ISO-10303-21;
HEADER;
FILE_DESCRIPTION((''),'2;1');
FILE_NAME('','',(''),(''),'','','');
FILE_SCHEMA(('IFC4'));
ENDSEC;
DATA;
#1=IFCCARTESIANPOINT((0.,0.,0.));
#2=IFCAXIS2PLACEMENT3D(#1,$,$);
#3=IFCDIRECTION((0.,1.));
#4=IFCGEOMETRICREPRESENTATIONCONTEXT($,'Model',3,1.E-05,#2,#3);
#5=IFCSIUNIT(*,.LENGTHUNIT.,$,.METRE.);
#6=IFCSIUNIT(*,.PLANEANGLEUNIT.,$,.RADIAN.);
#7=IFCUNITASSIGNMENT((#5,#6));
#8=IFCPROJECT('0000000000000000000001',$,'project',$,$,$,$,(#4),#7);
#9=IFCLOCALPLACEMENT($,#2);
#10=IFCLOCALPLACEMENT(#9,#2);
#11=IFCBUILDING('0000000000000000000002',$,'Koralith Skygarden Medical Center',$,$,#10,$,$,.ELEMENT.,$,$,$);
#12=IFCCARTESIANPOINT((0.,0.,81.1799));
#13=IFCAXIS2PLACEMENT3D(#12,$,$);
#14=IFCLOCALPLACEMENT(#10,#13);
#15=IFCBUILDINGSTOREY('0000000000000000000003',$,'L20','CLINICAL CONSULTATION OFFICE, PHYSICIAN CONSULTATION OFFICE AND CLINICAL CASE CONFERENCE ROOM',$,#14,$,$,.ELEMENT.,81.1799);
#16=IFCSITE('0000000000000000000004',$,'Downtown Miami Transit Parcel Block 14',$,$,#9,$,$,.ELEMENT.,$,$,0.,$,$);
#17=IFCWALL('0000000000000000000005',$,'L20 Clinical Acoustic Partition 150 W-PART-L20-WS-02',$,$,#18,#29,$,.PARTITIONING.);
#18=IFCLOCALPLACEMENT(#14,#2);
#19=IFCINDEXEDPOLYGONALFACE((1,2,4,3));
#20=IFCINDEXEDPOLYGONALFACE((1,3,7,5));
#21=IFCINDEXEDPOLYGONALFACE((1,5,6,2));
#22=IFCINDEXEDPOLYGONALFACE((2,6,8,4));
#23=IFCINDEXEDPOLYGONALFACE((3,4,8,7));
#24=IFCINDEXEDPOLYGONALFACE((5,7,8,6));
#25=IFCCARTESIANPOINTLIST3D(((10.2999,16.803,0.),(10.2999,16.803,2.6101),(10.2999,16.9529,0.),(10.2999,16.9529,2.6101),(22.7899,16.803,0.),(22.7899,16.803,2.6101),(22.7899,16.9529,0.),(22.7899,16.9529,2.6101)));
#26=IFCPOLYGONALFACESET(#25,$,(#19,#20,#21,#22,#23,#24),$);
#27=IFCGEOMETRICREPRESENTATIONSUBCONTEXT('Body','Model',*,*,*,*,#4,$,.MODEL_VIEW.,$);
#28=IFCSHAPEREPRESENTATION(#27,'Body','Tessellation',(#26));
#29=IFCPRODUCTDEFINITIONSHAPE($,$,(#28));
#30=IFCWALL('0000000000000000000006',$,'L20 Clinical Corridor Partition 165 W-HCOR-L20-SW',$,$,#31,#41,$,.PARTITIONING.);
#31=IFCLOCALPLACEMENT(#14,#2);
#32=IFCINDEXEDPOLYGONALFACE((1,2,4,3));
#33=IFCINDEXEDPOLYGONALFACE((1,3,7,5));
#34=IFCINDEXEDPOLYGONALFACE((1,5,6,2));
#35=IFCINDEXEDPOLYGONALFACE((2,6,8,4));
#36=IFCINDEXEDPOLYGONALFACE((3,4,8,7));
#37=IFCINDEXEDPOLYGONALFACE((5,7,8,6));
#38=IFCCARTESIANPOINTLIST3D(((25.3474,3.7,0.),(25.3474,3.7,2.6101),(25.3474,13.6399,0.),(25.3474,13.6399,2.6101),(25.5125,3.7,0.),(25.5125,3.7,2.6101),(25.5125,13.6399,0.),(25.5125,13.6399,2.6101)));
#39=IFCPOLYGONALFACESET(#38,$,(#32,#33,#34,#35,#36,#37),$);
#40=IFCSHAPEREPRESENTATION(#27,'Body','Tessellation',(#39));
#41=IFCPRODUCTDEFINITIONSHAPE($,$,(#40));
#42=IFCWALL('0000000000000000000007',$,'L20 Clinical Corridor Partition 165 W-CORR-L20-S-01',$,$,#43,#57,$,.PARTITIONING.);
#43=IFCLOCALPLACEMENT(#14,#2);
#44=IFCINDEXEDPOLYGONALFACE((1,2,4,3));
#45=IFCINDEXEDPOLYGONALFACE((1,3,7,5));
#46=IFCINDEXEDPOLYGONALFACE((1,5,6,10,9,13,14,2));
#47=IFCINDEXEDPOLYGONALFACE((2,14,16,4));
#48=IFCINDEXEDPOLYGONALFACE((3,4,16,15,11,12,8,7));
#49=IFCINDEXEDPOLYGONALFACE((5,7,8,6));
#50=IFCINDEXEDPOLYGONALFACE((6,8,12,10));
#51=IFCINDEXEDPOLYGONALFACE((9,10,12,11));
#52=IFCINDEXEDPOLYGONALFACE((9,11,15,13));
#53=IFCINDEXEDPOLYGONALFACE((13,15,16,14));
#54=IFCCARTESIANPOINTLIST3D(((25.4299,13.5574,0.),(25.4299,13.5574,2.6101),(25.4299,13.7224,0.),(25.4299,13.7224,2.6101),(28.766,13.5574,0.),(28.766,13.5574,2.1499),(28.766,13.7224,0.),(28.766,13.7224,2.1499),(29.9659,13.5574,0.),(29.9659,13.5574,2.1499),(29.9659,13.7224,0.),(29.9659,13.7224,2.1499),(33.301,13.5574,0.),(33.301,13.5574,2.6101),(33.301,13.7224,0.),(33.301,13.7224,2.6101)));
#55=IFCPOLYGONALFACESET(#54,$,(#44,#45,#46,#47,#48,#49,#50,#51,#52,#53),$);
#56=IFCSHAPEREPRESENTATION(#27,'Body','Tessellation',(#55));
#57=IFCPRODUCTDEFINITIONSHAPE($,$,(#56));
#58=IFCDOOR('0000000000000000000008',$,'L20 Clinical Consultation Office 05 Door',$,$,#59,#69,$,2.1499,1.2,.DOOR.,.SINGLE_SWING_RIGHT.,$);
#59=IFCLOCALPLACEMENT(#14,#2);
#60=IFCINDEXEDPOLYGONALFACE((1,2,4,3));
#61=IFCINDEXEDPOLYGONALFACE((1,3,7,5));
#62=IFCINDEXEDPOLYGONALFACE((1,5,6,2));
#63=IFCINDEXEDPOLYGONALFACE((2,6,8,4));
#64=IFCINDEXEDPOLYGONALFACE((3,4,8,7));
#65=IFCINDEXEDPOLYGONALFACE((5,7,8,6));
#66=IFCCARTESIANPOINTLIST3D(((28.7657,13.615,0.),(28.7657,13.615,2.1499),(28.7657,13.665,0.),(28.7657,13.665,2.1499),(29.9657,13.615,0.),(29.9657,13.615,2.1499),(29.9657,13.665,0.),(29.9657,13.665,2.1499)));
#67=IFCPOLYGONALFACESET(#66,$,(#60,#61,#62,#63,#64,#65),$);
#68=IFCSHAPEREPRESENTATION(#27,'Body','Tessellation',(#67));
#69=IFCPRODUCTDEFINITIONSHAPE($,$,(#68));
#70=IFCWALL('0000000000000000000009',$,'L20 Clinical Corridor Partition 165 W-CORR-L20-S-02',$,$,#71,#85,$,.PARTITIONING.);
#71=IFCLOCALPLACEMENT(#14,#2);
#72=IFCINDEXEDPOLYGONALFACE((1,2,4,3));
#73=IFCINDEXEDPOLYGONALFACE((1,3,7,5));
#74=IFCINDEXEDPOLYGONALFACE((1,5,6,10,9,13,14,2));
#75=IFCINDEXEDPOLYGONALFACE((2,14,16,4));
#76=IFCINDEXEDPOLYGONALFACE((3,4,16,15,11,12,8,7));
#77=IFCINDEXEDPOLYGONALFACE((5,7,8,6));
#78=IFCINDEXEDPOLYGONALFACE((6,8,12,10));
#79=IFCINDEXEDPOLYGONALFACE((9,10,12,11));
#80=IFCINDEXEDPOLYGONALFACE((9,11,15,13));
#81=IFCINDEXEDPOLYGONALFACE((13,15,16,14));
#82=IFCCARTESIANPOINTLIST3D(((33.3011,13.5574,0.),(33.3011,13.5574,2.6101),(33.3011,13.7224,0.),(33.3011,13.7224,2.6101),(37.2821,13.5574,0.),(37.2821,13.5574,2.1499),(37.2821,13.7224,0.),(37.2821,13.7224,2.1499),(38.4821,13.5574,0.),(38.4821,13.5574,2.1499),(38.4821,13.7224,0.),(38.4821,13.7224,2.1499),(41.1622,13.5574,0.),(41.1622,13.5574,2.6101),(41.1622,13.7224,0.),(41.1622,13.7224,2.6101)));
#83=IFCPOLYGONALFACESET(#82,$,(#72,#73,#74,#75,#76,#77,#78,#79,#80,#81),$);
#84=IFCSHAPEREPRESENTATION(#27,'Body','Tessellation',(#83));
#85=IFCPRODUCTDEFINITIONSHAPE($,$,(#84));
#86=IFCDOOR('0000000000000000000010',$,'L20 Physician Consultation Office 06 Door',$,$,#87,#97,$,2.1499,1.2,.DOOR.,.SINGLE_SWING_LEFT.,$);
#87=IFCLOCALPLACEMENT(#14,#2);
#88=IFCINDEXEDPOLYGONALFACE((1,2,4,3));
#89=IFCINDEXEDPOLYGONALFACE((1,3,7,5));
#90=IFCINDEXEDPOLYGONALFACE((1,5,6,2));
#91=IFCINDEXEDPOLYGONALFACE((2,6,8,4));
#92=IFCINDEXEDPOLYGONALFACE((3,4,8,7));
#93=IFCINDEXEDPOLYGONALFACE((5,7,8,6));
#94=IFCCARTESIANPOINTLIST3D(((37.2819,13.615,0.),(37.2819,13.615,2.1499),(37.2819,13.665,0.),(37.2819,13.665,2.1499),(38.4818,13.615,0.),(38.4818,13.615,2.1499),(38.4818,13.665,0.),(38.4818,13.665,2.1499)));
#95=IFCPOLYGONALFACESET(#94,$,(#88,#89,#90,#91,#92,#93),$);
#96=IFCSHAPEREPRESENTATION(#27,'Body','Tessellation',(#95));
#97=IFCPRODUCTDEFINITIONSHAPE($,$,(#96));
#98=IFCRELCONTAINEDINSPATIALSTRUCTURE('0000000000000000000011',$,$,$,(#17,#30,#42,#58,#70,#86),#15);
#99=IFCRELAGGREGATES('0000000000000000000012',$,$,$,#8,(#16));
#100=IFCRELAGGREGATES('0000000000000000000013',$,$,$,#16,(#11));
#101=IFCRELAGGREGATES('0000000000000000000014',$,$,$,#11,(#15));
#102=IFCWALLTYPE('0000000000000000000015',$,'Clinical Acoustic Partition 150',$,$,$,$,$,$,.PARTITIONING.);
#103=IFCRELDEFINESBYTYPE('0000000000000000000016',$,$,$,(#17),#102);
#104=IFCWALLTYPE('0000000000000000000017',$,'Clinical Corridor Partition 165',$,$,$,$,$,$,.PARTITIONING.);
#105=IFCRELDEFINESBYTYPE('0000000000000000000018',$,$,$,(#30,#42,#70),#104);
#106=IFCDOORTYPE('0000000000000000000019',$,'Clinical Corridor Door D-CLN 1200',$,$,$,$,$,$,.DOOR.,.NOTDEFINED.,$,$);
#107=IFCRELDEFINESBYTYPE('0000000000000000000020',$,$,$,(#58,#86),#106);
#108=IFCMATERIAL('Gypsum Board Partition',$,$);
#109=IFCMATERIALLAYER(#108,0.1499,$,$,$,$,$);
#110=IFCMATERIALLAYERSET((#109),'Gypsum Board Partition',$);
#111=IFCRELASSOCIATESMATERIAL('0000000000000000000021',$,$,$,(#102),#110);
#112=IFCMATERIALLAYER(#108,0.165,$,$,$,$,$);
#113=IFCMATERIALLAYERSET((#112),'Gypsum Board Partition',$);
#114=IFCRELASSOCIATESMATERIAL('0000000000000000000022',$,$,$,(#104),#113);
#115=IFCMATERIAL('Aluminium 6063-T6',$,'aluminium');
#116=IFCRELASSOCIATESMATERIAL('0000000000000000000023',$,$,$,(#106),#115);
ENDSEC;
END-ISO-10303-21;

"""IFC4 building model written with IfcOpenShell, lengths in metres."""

from ifc_helpers import new_model, si_unit, direction, frame, frame_2d, origin, place, context, subcontext, project, spatial, rectangle, extrude, material, layer, layer_set, type_object, element, fill, save


model = new_model("IFC4")

# Units and contexts
model_context = context("Model", 3, precision=1e-05, world=origin(), true_north=direction((0.0, 1.0)))
body_context = subcontext(model_context, "Body", "Model", "MODEL_VIEW")
ifc_project = project(units=[si_unit("LENGTHUNIT", "METRE"), si_unit("PLANEANGLEUNIT", "RADIAN")], contexts=[model_context])

# Site, building, storey
site_placement = place(None, origin())
site = spatial("IfcSite", under=ifc_project, at=site_placement, Name="Downtown Miami Transit Parcel Block 14", CompositionType="ELEMENT", RefElevation=0.0)
building_placement = place(site_placement, origin())
building = spatial("IfcBuilding", under=site, at=building_placement, Name="Koralith Skygarden Medical Center", CompositionType="ELEMENT")
storey_placement = place(building_placement, frame((0.0, 0.0, 81.1799)))
storey = spatial("IfcBuildingStorey", under=building, at=storey_placement, Name="L20", Description="CLINICAL CONSULTATION OFFICE, PHYSICIAN CONSULTATION OFFICE AND CLINICAL CASE CONFERENCE ROOM", CompositionType="ELEMENT", Elevation=81.1799)

# Shared definitions
ifc_material_1 = material(Name="Aluminium 6063-T6", Category="aluminium")

# Walls
ifc_material_2 = material(Name="Gypsum Board Partition")
ifc_layer_1 = layer(ifc_material_2, 0.1499)
ifc_layer_set_1 = layer_set([ifc_layer_1], Name="Gypsum Board Partition")
wall_type_1 = type_object("IfcWallType", Name="Clinical Acoustic Partition 150", PredefinedType="PARTITIONING", material=ifc_layer_set_1)
for number, where, z_axis, x_axis, name in (
    (1, (22.79, 16.8779, 0.0), (0.0, 0.0, 1.0), (-1.0, 0.0, 0.0), "L20 Clinical Acoustic Partition 150 W-PART-L20-WS-02"),
):
    element("IfcWall", number, at=place(storey_placement, frame(where, z_axis=z_axis, x_axis=x_axis)), inside=storey, type_object=wall_type_1, Name=name, PredefinedType="PARTITIONING", context=body_context, shape_type="SweptSolid", body=[
        extrude(rectangle(XDim=12.49, YDim=0.1499, at=frame_2d((6.2451, 0.0))), origin(), (0.0, 0.0, 1.0), 2.6101),
    ])
ifc_layer_2 = layer(ifc_material_2, 0.165)
ifc_layer_set_2 = layer_set([ifc_layer_2], Name="Gypsum Board Partition")
wall_type_2 = type_object("IfcWallType", Name="Clinical Corridor Partition 165", PredefinedType="PARTITIONING", material=ifc_layer_set_2)
wall_1_placement = place(storey_placement, frame((25.4299, 3.7, 0.0), z_axis=(0.0, 0.0, 1.0), x_axis=(0.0, 1.0, 0.0)))
element("IfcWall", 2, at=wall_1_placement, inside=storey, type_object=wall_type_2, Name="L20 Clinical Corridor Partition 165 W-HCOR-L20-SW", PredefinedType="PARTITIONING", context=body_context, shape_type="SweptSolid", body=[
    extrude(rectangle(XDim=9.9399, YDim=0.165, at=frame_2d((4.97, 0.0))), origin(), (0.0, 0.0, 1.0), 2.6101),
])

# Walls, openings, doors
wall_2_placement = place(storey_placement, frame((25.4299, 13.6399, 0.0), z_axis=(0.0, 0.0, 1.0), x_axis=(1.0, 0.0, 0.0)))
wall_2 = element("IfcWall", 3, at=wall_2_placement, inside=storey, type_object=wall_type_2, Name="L20 Clinical Corridor Partition 165 W-CORR-L20-S-01", PredefinedType="PARTITIONING", context=body_context, shape_type="SweptSolid", body=[
    extrude(rectangle(XDim=7.8711, YDim=0.165, at=frame_2d((3.9355, 0.0))), origin(), (0.0, 0.0, 1.0), 2.6101),
])
opening_1_placement = place(wall_2_placement, frame((3.3359, 0.0, 0.0)))
opening_1 = element("IfcOpeningElement", 4, at=opening_1_placement, cuts=wall_2, PredefinedType="OPENING", context=body_context, shape_type="SweptSolid", body=[
    extrude(rectangle(XDim=1.2, YDim=2.1499, at=frame_2d((0.6001, 1.075))), frame((0.0, 0.0925, 0.0), z_axis=(0.0, -1.0, 0.0), x_axis=(1.0, 0.0, 0.0)), (0.0, 0.0, 1.0), 0.1851),
])
door_type = type_object("IfcDoorType", Name="Clinical Corridor Door D-CLN 1200", OperationType="NOTDEFINED", PredefinedType="DOOR", material=ifc_material_1)
door_1_placement = place(opening_1_placement, frame((1.2, 0.0, 0.0), z_axis=(0.0, 0.0, 1.0), x_axis=(-1.0, 0.0, 0.0)))
door_1 = element("IfcDoor", 5, at=door_1_placement, inside=storey, type_object=door_type, Name="L20 Clinical Consultation Office 05 Door", OperationType="SINGLE_SWING_RIGHT", OverallHeight=2.1499, OverallWidth=1.2, PredefinedType="DOOR", context=body_context, shape_type="SweptSolid", body=[
    extrude(rectangle(XDim=1.2, YDim=2.1499, at=frame_2d((0.6001, 1.075))), frame((0.0, 0.0249, 0.0), z_axis=(0.0, -1.0, 0.0), x_axis=(1.0, 0.0, 0.0)), (0.0, 0.0, 1.0), 0.05),
])
fill(opening_1, door_1)
wall_3_placement = place(storey_placement, frame((33.301, 13.6399, 0.0), z_axis=(0.0, 0.0, 1.0), x_axis=(1.0, 0.0, 0.0)))
wall_3 = element("IfcWall", 6, at=wall_3_placement, inside=storey, type_object=wall_type_2, Name="L20 Clinical Corridor Partition 165 W-CORR-L20-S-02", PredefinedType="PARTITIONING", context=body_context, shape_type="SweptSolid", body=[
    extrude(rectangle(XDim=7.8611, YDim=0.165, at=frame_2d((3.9307, 0.0))), origin(), (0.0, 0.0, 1.0), 2.6101),
])
opening_2_placement = place(wall_3_placement, frame((3.981, 0.0, 0.0)))
opening_2 = element("IfcOpeningElement", 7, at=opening_2_placement, cuts=wall_3, PredefinedType="OPENING", context=body_context, shape_type="SweptSolid", body=[
    extrude(rectangle(XDim=1.2, YDim=2.1499, at=frame_2d((0.6001, 1.075))), frame((0.0, 0.0925, 0.0), z_axis=(0.0, -1.0, 0.0), x_axis=(1.0, 0.0, 0.0)), (0.0, 0.0, 1.0), 0.1851),
])
door_2_placement = place(opening_2_placement, frame((1.2, 0.0, 0.0), z_axis=(0.0, 0.0, 1.0), x_axis=(-1.0, 0.0, 0.0)))
door_2 = element("IfcDoor", 8, at=door_2_placement, inside=storey, type_object=door_type, Name="L20 Physician Consultation Office 06 Door", OperationType="SINGLE_SWING_LEFT", OverallHeight=2.1499, OverallWidth=1.2, PredefinedType="DOOR", context=body_context, shape_type="SweptSolid", body=[
    extrude(rectangle(XDim=1.2, YDim=2.1499, at=frame_2d((0.6001, 1.075))), frame((0.0, 0.0249, 0.0), z_axis=(0.0, -1.0, 0.0), x_axis=(1.0, 0.0, 0.0)), (0.0, 0.0, 1.0), 0.05),
])
fill(opening_2, door_2)

save(model, "model.ifc")
